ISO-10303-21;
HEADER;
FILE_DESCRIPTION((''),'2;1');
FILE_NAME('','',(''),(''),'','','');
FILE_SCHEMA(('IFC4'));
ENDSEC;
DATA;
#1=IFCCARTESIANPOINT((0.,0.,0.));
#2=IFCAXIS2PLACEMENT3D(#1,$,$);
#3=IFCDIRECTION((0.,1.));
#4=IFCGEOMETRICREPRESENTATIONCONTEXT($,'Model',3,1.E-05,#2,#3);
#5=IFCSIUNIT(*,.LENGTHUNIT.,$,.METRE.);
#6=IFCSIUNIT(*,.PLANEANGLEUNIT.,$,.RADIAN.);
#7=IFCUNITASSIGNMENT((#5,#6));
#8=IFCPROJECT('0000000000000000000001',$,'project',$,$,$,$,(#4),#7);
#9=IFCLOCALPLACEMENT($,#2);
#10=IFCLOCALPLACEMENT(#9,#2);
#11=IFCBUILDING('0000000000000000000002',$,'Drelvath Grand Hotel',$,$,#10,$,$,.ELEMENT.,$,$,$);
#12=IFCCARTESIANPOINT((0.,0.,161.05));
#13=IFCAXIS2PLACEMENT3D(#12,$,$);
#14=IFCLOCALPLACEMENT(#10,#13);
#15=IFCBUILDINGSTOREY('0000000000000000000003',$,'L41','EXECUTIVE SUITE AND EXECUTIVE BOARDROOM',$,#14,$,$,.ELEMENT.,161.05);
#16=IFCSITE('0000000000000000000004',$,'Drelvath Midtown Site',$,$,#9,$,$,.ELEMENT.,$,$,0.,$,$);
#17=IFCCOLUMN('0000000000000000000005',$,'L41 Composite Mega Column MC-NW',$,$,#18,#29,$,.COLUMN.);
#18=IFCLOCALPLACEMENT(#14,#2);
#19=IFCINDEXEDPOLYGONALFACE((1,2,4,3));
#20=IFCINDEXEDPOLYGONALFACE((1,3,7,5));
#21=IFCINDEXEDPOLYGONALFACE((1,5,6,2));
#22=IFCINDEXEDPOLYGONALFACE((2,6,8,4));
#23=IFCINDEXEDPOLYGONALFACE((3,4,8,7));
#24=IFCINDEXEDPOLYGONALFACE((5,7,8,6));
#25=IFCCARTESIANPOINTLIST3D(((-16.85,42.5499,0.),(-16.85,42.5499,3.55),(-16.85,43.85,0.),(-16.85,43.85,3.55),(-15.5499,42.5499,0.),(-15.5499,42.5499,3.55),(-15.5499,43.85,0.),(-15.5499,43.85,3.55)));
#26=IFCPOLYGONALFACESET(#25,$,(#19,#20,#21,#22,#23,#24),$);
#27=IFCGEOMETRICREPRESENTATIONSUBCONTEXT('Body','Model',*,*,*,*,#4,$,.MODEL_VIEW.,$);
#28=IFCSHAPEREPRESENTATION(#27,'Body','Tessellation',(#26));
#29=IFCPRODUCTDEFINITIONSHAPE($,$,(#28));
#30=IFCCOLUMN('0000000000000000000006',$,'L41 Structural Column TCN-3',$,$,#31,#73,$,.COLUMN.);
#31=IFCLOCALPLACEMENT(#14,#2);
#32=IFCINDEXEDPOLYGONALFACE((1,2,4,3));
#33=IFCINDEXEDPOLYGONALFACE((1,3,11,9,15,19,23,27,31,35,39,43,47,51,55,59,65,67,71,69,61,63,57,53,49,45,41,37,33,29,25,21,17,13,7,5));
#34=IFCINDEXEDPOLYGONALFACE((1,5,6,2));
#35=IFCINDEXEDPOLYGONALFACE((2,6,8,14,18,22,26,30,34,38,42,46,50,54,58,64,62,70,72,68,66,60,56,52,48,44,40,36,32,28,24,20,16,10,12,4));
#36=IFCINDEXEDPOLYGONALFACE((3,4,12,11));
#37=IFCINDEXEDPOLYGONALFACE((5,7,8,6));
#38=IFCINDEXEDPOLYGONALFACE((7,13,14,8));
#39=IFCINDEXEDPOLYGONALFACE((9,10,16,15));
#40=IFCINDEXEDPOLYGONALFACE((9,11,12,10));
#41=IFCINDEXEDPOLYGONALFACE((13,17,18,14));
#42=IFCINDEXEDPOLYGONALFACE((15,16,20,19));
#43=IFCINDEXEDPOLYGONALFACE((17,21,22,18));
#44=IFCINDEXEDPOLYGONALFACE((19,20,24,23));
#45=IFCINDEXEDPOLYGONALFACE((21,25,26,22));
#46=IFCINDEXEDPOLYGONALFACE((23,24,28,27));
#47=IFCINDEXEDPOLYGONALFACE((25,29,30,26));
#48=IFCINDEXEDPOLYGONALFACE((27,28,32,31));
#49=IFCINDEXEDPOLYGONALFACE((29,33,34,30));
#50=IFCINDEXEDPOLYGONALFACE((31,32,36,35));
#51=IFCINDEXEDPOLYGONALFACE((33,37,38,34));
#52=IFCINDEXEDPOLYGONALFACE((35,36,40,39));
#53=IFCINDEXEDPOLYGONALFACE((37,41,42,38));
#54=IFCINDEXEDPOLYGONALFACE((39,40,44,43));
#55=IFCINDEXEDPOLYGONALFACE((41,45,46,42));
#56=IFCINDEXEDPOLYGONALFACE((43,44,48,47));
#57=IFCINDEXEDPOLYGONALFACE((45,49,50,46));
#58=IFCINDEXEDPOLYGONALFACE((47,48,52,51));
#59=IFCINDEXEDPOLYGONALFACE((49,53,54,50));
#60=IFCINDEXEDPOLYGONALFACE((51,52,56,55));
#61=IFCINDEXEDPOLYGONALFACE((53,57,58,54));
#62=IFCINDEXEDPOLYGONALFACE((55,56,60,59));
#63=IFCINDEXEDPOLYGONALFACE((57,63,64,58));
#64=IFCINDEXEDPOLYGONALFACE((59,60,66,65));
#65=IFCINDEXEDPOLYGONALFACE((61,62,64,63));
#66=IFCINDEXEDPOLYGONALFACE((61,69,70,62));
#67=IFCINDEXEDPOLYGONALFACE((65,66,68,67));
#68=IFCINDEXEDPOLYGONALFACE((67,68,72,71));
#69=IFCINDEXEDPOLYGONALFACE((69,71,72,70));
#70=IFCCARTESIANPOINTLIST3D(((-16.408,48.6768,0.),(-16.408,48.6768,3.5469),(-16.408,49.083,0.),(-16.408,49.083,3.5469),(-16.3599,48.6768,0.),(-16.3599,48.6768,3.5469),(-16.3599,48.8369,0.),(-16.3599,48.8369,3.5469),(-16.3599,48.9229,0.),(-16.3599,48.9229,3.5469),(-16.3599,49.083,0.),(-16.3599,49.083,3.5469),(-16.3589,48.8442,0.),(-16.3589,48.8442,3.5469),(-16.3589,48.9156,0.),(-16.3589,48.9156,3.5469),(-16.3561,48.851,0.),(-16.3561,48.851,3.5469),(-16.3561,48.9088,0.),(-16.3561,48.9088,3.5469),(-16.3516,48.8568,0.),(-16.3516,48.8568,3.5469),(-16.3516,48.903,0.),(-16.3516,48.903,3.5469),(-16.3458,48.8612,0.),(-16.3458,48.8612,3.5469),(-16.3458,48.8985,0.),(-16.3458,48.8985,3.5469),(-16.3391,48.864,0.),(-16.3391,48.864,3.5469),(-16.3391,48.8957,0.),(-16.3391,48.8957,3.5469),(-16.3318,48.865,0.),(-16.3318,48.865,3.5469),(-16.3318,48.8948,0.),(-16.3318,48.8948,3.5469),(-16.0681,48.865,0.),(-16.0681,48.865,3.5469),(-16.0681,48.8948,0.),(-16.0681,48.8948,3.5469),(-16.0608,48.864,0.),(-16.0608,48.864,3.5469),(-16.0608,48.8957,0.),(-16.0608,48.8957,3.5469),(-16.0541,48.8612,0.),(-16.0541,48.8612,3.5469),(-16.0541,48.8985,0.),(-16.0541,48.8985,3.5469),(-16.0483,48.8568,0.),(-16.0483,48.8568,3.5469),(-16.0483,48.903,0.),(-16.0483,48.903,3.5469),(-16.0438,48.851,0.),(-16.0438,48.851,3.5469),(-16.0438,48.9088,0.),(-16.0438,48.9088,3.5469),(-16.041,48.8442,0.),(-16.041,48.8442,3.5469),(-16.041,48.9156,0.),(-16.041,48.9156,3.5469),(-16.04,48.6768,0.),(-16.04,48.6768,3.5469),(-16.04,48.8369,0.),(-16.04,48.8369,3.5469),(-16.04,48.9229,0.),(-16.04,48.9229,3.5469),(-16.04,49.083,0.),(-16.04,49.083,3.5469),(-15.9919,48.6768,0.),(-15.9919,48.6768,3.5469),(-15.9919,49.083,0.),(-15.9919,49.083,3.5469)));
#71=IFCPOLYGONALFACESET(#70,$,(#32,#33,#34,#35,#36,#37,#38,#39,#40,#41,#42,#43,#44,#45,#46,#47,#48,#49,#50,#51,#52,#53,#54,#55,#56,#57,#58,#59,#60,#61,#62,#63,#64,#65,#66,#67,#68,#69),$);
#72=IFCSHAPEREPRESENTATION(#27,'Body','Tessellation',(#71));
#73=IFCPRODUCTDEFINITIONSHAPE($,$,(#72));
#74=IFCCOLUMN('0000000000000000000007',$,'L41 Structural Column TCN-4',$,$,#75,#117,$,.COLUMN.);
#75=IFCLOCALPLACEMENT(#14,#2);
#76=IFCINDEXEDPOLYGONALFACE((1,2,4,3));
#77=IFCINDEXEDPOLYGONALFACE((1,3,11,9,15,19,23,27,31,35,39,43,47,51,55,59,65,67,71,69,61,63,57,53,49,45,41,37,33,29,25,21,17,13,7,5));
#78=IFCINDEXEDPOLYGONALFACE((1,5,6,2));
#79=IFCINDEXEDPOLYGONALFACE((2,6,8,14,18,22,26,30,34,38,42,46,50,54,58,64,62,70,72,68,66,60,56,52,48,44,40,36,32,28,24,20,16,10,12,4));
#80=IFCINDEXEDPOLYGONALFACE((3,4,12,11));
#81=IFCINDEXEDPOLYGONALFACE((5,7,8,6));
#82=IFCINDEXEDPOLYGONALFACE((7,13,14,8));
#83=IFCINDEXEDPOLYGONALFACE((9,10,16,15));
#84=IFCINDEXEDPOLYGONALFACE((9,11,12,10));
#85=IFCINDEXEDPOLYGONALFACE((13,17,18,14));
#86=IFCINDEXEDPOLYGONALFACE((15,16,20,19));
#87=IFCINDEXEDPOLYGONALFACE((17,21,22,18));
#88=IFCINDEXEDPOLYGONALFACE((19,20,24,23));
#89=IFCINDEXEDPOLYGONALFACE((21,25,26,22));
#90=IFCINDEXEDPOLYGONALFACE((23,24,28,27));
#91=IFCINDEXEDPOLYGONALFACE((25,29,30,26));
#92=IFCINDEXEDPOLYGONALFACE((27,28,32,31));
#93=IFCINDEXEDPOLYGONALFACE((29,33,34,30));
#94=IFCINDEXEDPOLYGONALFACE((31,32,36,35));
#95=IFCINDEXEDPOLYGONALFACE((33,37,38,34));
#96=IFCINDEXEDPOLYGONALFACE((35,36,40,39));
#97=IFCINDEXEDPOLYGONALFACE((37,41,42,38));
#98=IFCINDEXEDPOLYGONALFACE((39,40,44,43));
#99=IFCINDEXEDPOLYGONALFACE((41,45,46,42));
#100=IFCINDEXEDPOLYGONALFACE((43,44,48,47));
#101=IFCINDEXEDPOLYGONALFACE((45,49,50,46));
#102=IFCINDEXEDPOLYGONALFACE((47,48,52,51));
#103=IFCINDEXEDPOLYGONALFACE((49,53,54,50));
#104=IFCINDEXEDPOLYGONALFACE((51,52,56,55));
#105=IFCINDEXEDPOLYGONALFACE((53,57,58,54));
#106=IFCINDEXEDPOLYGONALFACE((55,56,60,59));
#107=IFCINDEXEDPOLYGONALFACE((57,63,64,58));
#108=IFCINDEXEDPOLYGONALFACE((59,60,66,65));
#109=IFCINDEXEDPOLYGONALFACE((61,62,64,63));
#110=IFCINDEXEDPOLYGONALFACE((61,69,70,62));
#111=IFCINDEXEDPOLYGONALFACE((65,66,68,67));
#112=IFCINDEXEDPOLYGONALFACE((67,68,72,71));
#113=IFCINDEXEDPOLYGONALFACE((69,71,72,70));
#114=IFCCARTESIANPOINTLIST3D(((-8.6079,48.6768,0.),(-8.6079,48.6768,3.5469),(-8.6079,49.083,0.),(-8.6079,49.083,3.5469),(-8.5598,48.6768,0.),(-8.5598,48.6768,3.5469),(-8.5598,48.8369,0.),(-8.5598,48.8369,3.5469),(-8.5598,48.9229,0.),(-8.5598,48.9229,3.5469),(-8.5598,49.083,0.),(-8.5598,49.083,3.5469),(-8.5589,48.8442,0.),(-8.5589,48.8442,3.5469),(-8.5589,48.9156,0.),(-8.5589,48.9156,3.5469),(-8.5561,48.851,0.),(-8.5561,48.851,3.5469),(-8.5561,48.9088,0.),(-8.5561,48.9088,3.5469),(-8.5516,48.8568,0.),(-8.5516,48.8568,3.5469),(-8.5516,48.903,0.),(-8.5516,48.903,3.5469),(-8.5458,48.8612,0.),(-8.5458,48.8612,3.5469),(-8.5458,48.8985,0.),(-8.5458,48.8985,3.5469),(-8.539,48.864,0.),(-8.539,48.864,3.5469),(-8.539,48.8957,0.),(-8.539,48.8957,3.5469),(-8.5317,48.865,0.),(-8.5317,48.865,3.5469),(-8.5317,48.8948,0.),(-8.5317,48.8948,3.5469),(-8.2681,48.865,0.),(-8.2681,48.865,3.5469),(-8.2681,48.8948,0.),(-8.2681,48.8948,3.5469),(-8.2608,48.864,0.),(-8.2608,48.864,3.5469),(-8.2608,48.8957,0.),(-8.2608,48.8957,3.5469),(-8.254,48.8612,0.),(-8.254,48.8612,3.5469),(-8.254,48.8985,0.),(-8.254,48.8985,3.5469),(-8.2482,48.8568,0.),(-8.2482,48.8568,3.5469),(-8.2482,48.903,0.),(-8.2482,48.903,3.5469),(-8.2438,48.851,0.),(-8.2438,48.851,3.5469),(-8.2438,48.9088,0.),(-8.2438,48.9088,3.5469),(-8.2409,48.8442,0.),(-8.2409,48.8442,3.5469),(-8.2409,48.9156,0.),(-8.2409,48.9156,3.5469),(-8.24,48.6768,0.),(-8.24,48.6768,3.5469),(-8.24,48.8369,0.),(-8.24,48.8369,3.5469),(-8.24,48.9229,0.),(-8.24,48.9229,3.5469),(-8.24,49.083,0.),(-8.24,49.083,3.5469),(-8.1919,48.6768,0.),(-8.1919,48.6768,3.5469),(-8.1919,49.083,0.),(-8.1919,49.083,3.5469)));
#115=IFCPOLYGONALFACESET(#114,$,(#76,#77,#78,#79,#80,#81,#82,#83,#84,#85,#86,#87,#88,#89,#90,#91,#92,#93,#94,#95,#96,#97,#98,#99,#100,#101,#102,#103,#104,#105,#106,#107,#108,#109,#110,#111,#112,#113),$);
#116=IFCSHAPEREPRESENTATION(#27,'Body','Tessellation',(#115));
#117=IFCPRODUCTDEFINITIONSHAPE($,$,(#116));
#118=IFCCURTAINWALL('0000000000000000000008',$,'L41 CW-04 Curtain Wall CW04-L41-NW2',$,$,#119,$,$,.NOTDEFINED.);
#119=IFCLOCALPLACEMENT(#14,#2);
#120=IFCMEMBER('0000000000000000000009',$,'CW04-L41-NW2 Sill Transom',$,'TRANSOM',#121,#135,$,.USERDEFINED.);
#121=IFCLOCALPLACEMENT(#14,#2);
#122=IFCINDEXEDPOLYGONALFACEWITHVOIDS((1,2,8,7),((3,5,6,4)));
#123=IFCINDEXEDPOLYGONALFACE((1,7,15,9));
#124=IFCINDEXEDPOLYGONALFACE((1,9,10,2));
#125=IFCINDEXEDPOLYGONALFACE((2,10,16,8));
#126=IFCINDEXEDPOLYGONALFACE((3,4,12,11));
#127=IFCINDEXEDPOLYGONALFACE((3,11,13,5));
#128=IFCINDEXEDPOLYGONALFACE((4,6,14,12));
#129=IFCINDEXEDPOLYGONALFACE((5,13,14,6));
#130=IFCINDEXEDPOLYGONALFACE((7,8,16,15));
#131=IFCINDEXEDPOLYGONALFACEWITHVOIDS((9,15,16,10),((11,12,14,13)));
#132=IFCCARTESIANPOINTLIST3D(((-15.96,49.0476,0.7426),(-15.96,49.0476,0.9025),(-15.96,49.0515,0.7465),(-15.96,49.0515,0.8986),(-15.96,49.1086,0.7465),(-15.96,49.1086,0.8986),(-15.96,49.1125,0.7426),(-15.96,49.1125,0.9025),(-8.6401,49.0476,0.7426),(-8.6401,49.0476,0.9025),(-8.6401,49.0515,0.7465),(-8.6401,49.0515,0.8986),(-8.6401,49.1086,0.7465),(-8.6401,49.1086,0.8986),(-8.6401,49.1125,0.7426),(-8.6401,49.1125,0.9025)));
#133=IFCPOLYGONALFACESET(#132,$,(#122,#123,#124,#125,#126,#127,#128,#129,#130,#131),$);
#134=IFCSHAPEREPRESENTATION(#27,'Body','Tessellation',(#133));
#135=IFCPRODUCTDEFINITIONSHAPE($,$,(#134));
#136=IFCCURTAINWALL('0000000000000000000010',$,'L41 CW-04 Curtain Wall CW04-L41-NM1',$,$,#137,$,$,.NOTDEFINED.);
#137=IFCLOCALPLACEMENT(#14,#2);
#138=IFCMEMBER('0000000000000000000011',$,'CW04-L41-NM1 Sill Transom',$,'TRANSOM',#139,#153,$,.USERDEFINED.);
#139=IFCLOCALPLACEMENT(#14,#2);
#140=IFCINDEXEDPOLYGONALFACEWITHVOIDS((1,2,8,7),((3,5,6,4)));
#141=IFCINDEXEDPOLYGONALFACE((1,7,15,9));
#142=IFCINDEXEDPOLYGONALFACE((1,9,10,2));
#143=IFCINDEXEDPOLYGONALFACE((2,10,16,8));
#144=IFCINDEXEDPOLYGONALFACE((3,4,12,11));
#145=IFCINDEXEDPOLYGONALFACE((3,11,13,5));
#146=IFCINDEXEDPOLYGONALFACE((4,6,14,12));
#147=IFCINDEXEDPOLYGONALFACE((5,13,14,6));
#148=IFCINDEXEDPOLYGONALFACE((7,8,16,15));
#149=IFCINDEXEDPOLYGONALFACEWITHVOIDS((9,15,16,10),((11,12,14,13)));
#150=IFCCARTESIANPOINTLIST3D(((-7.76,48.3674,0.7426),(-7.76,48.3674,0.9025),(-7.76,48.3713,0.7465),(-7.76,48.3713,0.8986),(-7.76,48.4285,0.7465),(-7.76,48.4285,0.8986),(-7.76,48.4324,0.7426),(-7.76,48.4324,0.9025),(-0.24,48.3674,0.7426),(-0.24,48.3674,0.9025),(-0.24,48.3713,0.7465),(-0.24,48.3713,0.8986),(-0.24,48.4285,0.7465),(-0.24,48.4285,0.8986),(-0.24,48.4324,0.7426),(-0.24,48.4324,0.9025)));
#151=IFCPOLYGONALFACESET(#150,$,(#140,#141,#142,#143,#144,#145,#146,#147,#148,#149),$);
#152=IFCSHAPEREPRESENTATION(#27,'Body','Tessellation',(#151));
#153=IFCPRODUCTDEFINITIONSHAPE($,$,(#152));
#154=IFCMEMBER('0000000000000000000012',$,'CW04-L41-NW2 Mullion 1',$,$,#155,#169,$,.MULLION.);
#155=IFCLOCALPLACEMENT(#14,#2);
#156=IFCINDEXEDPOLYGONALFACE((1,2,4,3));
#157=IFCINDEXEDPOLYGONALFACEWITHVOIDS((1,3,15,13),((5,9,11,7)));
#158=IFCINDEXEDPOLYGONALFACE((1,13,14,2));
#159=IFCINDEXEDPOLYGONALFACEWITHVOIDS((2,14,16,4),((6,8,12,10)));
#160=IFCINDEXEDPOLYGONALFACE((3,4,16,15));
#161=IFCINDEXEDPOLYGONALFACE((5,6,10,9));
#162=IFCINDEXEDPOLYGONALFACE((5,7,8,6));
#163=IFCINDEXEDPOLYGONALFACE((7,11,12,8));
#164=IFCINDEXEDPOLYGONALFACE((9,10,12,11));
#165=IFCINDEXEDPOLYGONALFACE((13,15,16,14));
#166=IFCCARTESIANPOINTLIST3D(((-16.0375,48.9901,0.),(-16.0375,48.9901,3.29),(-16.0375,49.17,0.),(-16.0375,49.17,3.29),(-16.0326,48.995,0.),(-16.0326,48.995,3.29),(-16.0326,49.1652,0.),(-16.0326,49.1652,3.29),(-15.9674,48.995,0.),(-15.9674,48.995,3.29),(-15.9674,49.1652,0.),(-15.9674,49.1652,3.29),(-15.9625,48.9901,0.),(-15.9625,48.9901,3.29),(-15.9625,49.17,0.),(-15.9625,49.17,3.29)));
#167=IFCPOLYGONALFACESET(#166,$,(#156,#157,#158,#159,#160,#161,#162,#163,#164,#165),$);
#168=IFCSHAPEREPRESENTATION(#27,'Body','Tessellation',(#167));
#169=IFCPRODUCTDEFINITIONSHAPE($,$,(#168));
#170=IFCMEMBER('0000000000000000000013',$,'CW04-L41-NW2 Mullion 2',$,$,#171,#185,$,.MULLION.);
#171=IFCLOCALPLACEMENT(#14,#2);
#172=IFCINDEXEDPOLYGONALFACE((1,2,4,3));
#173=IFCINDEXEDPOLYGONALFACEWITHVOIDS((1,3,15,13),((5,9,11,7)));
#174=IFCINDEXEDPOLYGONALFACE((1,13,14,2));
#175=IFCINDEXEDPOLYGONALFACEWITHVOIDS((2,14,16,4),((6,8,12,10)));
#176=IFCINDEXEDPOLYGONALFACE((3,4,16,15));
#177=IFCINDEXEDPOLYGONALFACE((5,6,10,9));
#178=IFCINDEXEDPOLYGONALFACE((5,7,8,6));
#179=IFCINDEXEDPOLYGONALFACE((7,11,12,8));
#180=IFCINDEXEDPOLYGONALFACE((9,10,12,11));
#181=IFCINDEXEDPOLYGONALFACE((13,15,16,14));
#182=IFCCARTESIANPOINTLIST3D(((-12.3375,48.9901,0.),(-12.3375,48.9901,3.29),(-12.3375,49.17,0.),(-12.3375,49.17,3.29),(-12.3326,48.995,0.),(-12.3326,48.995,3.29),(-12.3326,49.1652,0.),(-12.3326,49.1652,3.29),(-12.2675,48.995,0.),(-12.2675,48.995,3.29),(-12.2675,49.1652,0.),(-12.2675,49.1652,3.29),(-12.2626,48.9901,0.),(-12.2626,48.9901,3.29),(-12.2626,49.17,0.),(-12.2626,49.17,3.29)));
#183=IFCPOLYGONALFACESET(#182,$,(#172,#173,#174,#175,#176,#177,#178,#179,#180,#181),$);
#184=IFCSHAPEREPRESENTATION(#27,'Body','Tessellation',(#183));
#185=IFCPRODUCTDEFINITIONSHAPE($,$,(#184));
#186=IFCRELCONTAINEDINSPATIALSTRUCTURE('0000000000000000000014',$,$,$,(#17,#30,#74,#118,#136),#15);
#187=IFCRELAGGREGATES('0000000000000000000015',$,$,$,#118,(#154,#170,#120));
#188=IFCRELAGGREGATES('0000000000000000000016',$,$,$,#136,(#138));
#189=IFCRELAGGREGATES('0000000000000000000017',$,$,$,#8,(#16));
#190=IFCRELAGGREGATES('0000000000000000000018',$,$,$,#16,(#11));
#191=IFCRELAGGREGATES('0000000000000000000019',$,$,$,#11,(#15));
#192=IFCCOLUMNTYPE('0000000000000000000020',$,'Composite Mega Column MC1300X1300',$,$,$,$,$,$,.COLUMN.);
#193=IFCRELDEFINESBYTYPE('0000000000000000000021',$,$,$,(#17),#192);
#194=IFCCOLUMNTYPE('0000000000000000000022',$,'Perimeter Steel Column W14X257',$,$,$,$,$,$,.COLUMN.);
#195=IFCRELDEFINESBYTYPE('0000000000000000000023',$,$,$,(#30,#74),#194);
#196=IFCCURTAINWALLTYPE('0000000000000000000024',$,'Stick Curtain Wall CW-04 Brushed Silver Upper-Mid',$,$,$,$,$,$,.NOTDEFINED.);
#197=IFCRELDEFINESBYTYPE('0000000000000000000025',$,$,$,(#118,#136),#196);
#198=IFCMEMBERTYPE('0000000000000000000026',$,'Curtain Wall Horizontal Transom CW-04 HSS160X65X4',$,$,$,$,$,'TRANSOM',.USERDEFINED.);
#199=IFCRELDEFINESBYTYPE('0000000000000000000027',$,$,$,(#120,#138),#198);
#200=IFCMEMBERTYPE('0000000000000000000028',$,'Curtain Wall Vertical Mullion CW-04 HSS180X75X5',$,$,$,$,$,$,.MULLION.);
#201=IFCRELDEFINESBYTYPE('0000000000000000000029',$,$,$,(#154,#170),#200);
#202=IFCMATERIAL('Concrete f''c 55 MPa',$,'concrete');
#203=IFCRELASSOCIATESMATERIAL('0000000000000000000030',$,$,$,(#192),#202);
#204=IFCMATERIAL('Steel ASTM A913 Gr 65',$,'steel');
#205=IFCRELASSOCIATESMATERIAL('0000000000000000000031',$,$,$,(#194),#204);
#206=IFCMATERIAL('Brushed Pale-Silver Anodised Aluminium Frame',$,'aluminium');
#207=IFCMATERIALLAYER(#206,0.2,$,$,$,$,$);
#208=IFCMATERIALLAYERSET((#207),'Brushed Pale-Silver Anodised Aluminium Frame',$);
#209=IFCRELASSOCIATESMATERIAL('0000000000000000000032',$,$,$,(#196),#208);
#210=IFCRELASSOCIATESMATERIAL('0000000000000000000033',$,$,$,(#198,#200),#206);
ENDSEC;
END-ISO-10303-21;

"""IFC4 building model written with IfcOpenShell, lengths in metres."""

from ifc_helpers import new_model, si_unit, direction, frame, origin, origin_2d, place, context, subcontext, project, spatial, rectangle, hollow_rectangle, i_section, extrude, material, layer, layer_set, material_profile, profile_set, type_object, element, aggregate, save


model = new_model("IFC4")

# Units and contexts
model_context = context("Model", 3, precision=1e-05, world=origin(), true_north=direction((0.0, 1.0)))
body_context = subcontext(model_context, "Body", "Model", "MODEL_VIEW")
ifc_project = project(units=[si_unit("LENGTHUNIT", "METRE"), si_unit("PLANEANGLEUNIT", "RADIAN")], contexts=[model_context])

# Site, building, storey
site_placement = place(None, origin())
site = spatial("IfcSite", under=ifc_project, at=site_placement, Name="Drelvath Midtown Site", CompositionType="ELEMENT", RefElevation=0.0)
building_placement = place(site_placement, origin())
building = spatial("IfcBuilding", under=site, at=building_placement, Name="Drelvath Grand Hotel", CompositionType="ELEMENT")
storey_placement = place(building_placement, frame((0.0, 0.0, 161.05)))
storey = spatial("IfcBuildingStorey", under=building, at=storey_placement, Name="L41", Description="EXECUTIVE SUITE AND EXECUTIVE BOARDROOM", CompositionType="ELEMENT", Elevation=161.05)

# Columns
ifc_material_1 = material(Name="Concrete f'c 55 MPa", Category="concrete")
ifc_material_profile_1 = material_profile(ifc_material_1, rectangle(XDim=1.3, YDim=1.3, at=origin_2d()), Name="MC1300X1300")
ifc_profile_set_1 = profile_set([ifc_material_profile_1], Name="Concrete f'c 55 MPa")
column_type_1 = type_object("IfcColumnType", Name="Composite Mega Column MC1300X1300", PredefinedType="COLUMN", material=ifc_profile_set_1)
column_placement = place(storey_placement, frame((-16.2, 43.2, 0.0), z_axis=(0.0, 0.0, 1.0), x_axis=(1.0, 0.0, 0.0)))
element("IfcColumn", 1, at=column_placement, inside=storey, type_object=column_type_1, Name="L41 Composite Mega Column MC-NW", PredefinedType="COLUMN", context=body_context, shape_type="SweptSolid", body=[
    extrude(rectangle(XDim=1.3, YDim=1.3, at=origin_2d()), origin(), (0.0, 0.0, 1.0), 3.55),
])
ifc_material_2 = material(Name="Steel ASTM A913 Gr 65", Category="steel")
ifc_material_profile_2 = material_profile(ifc_material_2, i_section(OverallWidth=0.4062, OverallDepth=0.416, WebThickness=0.0298, FlangeThickness=0.0481, FilletRadius=0.0281, at=origin_2d()), Name="W14X257")
ifc_profile_set_2 = profile_set([ifc_material_profile_2], Name="Steel ASTM A913 Gr 65")
column_type_2 = type_object("IfcColumnType", Name="Perimeter Steel Column W14X257", PredefinedType="COLUMN", material=ifc_profile_set_2)
for number, where, z_axis, x_axis, name in (
    (2, (-16.2, 48.8799, 0.0), (0.0, 0.0, 1.0), (0.0, 1.0, 0.0), "L41 Structural Column TCN-3"),
    (3, (-8.3999, 48.8799, 0.0), (0.0, 0.0, 1.0), (0.0, 1.0, 0.0), "L41 Structural Column TCN-4"),
):
    element("IfcColumn", number, at=place(storey_placement, frame(where, z_axis=z_axis, x_axis=x_axis)), inside=storey, type_object=column_type_2, Name=name, PredefinedType="COLUMN", context=body_context, shape_type="SweptSolid", body=[
        extrude(i_section(OverallWidth=0.4062, OverallDepth=0.416, WebThickness=0.0298, FlangeThickness=0.0481, FilletRadius=0.0281, at=origin_2d()), origin(), (0.0, 0.0, 1.0), 3.5469),
    ])

# Curtain walls, members
ifc_material_3 = material(Name="Brushed Pale-Silver Anodised Aluminium Frame", Category="aluminium")
ifc_layer_1 = layer(ifc_material_3, 0.2)
ifc_layer_set_1 = layer_set([ifc_layer_1], Name="Brushed Pale-Silver Anodised Aluminium Frame")
curtain_wall_type = type_object("IfcCurtainWallType", Name="Stick Curtain Wall CW-04 Brushed Silver Upper-Mid", PredefinedType="NOTDEFINED", material=ifc_layer_set_1)
curtain_wall_1_placement = place(storey_placement, origin())
curtain_wall_1 = element("IfcCurtainWall", 4, at=curtain_wall_1_placement, inside=storey, type_object=curtain_wall_type, Name="L41 CW-04 Curtain Wall CW04-L41-NW2", PredefinedType="NOTDEFINED")
ifc_material_profile_3 = material_profile(ifc_material_3, hollow_rectangle(XDim=0.0649, YDim=0.1599, WallThickness=0.0039, at=origin_2d()), Name="HSS160X65X4")
ifc_profile_set_3 = profile_set([ifc_material_profile_3], Name="Brushed Pale-Silver Anodised Aluminium Frame")
member_type_1 = type_object("IfcMemberType", Name="Curtain Wall Horizontal Transom CW-04 HSS160X65X4", ElementType="TRANSOM", PredefinedType="USERDEFINED", material=ifc_profile_set_3)
member_1_placement = place(storey_placement, frame((-15.96, 49.0801, 0.8225), z_axis=(1.0, 0.0, 0.0), x_axis=(0.0, 1.0, 0.0)))
member_1 = element("IfcMember", 5, at=member_1_placement, type_object=member_type_1, Name="CW04-L41-NW2 Sill Transom", ObjectType="TRANSOM", PredefinedType="USERDEFINED", context=body_context, shape_type="SweptSolid", body=[
    extrude(hollow_rectangle(XDim=0.0649, YDim=0.1599, WallThickness=0.0039, at=origin_2d()), origin(), (0.0, 0.0, 1.0), 7.3198),
])
curtain_wall_2_placement = place(storey_placement, origin())
curtain_wall_2 = element("IfcCurtainWall", 6, at=curtain_wall_2_placement, inside=storey, type_object=curtain_wall_type, Name="L41 CW-04 Curtain Wall CW04-L41-NM1", PredefinedType="NOTDEFINED")
member_2_placement = place(storey_placement, frame((-7.76, 48.3999, 0.8225), z_axis=(1.0, 0.0, 0.0), x_axis=(0.0, 1.0, 0.0)))
member_2 = element("IfcMember", 7, at=member_2_placement, type_object=member_type_1, Name="CW04-L41-NM1 Sill Transom", ObjectType="TRANSOM", PredefinedType="USERDEFINED", context=body_context, shape_type="SweptSolid", body=[
    extrude(hollow_rectangle(XDim=0.0649, YDim=0.1599, WallThickness=0.0039, at=origin_2d()), origin(), (0.0, 0.0, 1.0), 7.52),
])

# Members
ifc_material_profile_4 = material_profile(ifc_material_3, hollow_rectangle(XDim=0.075, YDim=0.1799, WallThickness=0.0049, at=origin_2d()), Name="HSS180X75X5")
ifc_profile_set_4 = profile_set([ifc_material_profile_4], Name="Brushed Pale-Silver Anodised Aluminium Frame")
member_type_2 = type_object("IfcMemberType", Name="Curtain Wall Vertical Mullion CW-04 HSS180X75X5", PredefinedType="MULLION", material=ifc_profile_set_4)
member_3_placement = place(storey_placement, frame((-16.0, 49.0801, 0.0), z_axis=(0.0, 0.0, 1.0), x_axis=(1.0, 0.0, 0.0)))
member_3 = element("IfcMember", 8, at=member_3_placement, type_object=member_type_2, Name="CW04-L41-NW2 Mullion 1", PredefinedType="MULLION", context=body_context, shape_type="SweptSolid", body=[
    extrude(hollow_rectangle(XDim=0.075, YDim=0.1799, WallThickness=0.0049, at=origin_2d()), origin(), (0.0, 0.0, 1.0), 3.29),
])
member_4_placement = place(storey_placement, frame((-12.3, 49.0801, 0.0), z_axis=(0.0, 0.0, 1.0), x_axis=(1.0, 0.0, 0.0)))
member_4 = element("IfcMember", 9, at=member_4_placement, type_object=member_type_2, Name="CW04-L41-NW2 Mullion 2", PredefinedType="MULLION", context=body_context, shape_type="SweptSolid", body=[
    extrude(hollow_rectangle(XDim=0.075, YDim=0.1799, WallThickness=0.0049, at=origin_2d()), origin(), (0.0, 0.0, 1.0), 3.29),
])

aggregate(curtain_wall_1, [member_3, member_4, member_1])
aggregate(curtain_wall_2, [member_2])

save(model, "model.ifc")
